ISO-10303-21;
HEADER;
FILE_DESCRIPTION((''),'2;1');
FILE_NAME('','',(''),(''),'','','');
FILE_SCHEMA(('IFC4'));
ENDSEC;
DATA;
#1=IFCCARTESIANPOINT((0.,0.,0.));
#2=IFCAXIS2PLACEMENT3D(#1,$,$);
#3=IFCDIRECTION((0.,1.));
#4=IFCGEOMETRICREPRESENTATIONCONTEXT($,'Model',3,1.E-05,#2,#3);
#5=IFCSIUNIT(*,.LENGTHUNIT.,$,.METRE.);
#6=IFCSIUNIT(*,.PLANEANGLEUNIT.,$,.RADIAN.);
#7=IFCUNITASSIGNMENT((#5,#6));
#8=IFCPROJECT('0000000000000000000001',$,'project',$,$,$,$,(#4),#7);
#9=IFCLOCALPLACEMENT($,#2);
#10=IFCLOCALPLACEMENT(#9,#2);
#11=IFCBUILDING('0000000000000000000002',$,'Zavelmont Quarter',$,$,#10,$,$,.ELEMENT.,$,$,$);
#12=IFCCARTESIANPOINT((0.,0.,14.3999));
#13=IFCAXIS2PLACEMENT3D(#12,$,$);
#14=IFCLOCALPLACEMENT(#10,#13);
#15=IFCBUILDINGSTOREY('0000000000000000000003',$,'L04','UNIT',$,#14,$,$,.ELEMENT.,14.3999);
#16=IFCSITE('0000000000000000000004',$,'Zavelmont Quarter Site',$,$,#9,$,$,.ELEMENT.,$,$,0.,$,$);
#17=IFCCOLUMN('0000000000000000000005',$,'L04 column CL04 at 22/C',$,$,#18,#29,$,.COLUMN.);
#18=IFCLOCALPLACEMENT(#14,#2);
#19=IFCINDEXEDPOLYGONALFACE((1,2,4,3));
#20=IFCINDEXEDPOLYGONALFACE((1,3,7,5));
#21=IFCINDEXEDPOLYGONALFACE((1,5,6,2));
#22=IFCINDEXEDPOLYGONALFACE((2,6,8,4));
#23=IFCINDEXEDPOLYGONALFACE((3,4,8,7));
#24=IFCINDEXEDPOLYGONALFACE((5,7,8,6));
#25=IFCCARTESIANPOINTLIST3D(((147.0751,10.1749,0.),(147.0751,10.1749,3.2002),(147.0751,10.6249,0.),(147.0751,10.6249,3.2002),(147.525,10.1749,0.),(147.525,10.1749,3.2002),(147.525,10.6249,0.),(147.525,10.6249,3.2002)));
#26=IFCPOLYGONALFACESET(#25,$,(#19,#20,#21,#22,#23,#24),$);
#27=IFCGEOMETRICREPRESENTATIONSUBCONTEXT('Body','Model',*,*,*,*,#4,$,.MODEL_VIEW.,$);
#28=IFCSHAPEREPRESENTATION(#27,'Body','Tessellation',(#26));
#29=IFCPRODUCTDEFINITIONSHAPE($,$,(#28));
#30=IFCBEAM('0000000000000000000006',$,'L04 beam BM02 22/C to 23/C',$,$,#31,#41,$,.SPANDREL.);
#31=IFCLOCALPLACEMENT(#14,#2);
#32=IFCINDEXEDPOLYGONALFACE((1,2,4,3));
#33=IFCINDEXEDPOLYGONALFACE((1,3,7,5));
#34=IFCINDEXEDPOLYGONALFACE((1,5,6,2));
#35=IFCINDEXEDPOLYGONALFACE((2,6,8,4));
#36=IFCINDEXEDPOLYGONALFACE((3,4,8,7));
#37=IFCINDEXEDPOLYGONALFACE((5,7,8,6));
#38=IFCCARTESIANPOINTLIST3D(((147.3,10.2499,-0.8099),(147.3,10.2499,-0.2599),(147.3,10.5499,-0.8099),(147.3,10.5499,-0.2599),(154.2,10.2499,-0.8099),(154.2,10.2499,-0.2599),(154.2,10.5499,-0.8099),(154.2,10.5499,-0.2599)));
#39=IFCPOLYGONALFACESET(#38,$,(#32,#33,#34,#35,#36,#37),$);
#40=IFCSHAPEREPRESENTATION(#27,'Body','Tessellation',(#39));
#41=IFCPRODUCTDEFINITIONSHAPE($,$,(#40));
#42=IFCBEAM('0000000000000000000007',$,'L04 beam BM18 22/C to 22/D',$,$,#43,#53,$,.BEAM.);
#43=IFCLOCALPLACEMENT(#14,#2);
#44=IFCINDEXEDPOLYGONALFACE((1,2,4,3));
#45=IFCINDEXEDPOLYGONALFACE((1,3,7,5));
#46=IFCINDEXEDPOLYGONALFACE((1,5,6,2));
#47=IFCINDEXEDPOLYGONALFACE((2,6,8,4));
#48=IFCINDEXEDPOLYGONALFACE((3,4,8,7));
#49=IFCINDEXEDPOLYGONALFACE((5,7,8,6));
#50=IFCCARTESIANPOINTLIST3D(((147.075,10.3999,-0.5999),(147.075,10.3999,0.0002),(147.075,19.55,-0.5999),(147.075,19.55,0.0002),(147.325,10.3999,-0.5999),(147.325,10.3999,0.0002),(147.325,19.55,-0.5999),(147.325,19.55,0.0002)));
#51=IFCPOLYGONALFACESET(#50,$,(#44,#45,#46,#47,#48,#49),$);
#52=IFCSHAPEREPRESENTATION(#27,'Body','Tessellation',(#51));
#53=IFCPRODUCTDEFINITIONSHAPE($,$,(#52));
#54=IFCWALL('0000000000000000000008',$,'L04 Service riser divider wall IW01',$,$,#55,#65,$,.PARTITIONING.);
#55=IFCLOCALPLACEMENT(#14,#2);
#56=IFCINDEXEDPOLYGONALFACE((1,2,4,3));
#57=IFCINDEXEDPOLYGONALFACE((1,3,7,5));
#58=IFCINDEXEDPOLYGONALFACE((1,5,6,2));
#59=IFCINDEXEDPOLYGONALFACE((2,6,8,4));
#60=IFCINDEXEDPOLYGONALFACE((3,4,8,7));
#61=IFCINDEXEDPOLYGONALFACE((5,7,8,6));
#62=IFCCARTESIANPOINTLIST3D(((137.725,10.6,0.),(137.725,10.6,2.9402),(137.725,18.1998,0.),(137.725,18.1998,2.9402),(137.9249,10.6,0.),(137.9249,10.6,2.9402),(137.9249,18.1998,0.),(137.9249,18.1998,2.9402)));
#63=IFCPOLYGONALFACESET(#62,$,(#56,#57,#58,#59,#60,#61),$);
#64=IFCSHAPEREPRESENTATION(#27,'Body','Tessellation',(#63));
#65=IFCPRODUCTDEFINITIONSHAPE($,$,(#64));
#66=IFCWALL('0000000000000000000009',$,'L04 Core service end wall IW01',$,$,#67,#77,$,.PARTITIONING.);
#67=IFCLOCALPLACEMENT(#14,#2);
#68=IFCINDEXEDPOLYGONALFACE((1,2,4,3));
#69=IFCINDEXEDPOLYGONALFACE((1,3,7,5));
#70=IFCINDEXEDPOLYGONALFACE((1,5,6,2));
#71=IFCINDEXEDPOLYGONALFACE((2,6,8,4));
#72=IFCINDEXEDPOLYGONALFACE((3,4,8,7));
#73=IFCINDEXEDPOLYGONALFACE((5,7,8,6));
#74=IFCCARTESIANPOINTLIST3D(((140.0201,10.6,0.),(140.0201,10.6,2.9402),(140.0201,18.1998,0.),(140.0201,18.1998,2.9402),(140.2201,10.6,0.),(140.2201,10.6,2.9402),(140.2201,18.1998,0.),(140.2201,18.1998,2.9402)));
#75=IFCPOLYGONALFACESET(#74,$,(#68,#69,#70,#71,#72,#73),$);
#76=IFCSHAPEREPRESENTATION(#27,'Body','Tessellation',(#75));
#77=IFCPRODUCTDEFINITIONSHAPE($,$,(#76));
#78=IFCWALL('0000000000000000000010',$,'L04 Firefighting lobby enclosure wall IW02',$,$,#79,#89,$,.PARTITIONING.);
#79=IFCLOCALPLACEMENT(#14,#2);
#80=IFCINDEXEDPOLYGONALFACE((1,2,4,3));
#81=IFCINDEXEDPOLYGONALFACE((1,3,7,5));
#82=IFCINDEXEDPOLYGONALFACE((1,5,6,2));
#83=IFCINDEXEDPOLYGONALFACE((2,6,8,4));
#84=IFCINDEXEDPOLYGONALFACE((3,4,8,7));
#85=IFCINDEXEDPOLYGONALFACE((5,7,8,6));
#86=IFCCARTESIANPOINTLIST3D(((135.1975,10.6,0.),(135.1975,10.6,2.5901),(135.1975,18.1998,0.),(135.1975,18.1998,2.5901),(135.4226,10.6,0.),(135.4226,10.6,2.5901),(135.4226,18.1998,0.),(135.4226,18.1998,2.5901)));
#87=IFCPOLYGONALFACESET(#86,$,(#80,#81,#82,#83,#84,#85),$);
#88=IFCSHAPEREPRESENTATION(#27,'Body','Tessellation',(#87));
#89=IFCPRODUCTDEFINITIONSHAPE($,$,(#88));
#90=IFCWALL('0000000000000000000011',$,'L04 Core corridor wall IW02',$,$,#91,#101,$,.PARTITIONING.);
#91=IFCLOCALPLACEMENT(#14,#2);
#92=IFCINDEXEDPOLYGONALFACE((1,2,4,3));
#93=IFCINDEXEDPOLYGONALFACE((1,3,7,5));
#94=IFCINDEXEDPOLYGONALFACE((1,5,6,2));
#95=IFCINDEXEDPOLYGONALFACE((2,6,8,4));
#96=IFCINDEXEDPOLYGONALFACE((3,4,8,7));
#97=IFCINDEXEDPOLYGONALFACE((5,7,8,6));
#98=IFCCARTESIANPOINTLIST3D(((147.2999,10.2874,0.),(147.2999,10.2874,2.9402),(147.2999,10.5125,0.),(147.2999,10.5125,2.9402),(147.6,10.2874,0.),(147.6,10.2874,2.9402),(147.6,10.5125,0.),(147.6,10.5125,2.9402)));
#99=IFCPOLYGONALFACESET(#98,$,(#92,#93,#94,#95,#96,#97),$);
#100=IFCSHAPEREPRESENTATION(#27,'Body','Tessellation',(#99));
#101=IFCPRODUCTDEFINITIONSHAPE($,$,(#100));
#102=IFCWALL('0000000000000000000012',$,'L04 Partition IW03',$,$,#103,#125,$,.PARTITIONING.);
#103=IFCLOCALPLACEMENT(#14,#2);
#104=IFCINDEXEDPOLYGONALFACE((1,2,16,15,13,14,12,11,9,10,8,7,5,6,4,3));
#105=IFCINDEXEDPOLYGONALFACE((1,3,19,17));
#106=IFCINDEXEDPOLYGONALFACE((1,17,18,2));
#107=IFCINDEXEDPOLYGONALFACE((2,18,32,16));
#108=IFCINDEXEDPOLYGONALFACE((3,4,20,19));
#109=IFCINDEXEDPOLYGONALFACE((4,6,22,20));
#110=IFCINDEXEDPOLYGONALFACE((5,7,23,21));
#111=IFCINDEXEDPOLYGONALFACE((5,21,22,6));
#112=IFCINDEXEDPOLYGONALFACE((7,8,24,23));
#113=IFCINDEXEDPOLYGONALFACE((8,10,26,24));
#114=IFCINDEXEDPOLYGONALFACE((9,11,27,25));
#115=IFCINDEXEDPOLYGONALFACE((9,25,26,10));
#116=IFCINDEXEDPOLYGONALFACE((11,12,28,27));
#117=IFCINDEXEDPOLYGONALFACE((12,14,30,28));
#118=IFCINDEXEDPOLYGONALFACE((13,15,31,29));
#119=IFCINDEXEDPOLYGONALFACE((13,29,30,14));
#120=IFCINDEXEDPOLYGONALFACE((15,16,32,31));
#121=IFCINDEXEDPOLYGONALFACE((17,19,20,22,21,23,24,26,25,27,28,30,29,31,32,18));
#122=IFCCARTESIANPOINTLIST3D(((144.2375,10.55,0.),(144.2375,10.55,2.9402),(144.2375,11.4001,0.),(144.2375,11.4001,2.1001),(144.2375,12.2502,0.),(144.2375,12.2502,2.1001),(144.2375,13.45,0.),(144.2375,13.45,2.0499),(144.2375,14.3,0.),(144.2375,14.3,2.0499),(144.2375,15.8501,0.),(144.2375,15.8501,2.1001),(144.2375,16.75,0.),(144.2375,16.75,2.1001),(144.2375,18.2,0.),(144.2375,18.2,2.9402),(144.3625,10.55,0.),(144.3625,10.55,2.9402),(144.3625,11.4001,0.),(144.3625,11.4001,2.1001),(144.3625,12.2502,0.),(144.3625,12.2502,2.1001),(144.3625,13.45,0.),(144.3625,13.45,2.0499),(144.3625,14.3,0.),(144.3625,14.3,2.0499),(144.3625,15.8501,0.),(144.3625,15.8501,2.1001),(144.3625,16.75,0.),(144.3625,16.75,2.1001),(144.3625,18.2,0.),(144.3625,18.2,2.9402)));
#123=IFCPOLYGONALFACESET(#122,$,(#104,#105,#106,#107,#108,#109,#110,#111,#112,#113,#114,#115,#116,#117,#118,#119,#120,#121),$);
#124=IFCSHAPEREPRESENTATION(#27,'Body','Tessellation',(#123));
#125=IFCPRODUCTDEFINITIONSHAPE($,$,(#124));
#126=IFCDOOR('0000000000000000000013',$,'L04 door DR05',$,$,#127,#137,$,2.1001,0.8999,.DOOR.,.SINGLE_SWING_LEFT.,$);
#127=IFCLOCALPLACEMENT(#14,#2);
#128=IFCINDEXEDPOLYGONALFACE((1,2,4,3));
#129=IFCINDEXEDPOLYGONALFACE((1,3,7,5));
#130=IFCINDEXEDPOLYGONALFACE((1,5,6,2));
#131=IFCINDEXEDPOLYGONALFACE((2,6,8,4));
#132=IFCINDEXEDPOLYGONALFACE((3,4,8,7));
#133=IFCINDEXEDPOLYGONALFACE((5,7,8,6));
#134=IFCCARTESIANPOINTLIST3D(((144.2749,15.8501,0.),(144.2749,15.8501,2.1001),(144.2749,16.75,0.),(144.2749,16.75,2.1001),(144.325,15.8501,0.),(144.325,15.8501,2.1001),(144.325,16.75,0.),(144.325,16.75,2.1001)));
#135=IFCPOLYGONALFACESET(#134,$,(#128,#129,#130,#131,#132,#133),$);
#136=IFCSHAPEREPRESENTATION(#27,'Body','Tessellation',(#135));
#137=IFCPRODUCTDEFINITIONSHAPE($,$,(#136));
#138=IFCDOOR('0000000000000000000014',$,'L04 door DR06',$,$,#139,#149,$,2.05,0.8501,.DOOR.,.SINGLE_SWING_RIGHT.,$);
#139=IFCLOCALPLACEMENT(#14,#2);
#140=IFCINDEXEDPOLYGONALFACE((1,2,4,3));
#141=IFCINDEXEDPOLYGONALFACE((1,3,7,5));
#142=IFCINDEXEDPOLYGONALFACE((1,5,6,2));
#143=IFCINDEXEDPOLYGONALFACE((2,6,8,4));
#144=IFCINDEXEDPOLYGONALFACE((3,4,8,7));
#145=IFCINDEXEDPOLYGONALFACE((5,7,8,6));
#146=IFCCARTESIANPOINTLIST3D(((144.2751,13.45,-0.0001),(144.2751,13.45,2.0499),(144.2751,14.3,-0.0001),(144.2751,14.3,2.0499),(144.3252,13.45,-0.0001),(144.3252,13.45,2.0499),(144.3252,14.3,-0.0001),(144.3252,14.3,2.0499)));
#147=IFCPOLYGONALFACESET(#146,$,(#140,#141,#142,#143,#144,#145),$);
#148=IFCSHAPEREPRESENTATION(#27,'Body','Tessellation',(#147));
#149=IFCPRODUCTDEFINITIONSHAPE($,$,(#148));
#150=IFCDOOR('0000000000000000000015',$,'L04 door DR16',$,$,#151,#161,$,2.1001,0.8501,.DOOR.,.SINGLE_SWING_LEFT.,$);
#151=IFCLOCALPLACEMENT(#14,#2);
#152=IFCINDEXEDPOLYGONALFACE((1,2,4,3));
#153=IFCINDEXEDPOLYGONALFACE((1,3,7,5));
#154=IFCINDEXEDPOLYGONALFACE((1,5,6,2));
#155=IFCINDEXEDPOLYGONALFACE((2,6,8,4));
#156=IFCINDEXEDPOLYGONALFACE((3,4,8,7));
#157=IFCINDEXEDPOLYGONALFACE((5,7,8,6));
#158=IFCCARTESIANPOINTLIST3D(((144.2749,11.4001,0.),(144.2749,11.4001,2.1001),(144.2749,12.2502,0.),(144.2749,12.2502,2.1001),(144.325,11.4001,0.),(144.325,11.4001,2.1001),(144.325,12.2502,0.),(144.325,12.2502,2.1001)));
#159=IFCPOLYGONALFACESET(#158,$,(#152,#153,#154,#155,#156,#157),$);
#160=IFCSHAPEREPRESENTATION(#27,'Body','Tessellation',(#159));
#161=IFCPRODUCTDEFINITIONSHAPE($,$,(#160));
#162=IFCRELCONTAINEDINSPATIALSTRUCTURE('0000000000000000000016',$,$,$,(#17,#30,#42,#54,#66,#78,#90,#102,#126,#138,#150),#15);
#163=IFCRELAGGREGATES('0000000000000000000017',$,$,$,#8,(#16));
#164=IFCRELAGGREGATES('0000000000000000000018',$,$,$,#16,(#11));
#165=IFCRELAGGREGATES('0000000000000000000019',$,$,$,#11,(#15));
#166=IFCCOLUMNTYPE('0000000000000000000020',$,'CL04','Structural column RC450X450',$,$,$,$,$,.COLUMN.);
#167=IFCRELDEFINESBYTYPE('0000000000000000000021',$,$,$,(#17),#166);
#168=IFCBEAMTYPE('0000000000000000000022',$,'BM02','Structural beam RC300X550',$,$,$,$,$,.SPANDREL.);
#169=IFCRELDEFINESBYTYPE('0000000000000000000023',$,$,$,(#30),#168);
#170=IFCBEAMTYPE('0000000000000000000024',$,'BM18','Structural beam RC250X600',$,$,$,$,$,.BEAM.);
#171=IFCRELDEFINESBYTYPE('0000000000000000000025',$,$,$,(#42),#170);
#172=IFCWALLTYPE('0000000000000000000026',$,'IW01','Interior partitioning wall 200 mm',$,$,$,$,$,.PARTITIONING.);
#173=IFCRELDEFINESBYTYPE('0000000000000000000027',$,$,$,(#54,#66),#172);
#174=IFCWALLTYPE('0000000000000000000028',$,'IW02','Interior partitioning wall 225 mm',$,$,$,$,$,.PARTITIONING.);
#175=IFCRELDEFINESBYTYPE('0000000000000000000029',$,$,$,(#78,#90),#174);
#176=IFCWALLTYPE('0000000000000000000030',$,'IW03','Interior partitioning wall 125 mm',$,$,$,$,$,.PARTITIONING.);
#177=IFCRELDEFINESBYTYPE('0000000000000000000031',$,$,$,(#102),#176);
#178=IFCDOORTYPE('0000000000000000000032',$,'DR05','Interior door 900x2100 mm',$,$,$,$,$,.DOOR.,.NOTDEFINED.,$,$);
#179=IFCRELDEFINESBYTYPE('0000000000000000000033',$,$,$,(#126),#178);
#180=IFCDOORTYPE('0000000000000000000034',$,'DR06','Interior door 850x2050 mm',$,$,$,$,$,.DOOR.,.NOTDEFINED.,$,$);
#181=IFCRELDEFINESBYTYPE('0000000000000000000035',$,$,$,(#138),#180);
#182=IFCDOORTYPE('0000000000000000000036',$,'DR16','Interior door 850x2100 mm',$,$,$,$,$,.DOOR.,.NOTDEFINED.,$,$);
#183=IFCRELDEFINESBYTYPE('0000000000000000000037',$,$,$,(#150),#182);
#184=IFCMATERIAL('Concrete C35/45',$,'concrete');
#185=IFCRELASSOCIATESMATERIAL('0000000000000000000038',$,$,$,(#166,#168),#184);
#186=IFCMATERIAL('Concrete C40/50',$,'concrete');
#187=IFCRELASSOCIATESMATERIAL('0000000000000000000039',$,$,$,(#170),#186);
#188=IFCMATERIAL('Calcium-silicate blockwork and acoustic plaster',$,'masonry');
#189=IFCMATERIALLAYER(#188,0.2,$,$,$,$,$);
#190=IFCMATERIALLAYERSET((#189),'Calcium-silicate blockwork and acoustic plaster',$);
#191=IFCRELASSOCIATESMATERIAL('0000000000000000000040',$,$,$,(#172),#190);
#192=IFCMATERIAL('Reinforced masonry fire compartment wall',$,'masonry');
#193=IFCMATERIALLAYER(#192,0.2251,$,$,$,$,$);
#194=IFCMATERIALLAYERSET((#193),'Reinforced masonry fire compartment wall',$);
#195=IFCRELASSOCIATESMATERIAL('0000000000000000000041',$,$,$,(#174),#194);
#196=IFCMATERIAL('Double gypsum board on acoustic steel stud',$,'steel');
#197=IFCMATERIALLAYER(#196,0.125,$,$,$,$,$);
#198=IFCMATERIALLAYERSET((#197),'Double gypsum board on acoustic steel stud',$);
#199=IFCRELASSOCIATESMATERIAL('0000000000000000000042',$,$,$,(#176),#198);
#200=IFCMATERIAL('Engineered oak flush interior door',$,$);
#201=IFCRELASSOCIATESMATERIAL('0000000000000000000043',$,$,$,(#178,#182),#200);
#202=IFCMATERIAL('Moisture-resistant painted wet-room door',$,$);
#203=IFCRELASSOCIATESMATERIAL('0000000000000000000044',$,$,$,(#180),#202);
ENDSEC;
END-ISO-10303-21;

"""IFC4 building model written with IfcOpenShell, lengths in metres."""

from ifc_helpers import new_model, si_unit, direction, frame, frame_2d, origin, origin_with_axes, origin_2d, place, context, subcontext, project, spatial, rectangle, extrude, material, layer, layer_set, material_profile, profile_set, type_object, element, fill, save


model = new_model("IFC4")

# Units and contexts
model_context = context("Model", 3, precision=1e-05, world=origin(), true_north=direction((0.0, 1.0)))
body_context = subcontext(model_context, "Body", "Model", "MODEL_VIEW")
ifc_project = project(units=[si_unit("LENGTHUNIT", "METRE"), si_unit("PLANEANGLEUNIT", "RADIAN")], contexts=[model_context])

# Site, building, storey
site_placement = place(None, origin())
site = spatial("IfcSite", under=ifc_project, at=site_placement, Name="Zavelmont Quarter Site", CompositionType="ELEMENT", RefElevation=0.0)
building_placement = place(site_placement, origin())
building = spatial("IfcBuilding", under=site, at=building_placement, Name="Zavelmont Quarter", CompositionType="ELEMENT")
storey_placement = place(building_placement, frame((0.0, 0.0, 14.3999)))
storey = spatial("IfcBuildingStorey", under=building, at=storey_placement, Name="L04", Description="UNIT", CompositionType="ELEMENT", Elevation=14.3999)

# Column
ifc_material_1 = material(Name="Concrete C35/45", Category="concrete")
ifc_material_profile_1 = material_profile(ifc_material_1, rectangle(XDim=0.45, YDim=0.45, at=origin_2d()), Name="RC450X450")
ifc_profile_set_1 = profile_set([ifc_material_profile_1], Name="Concrete C35/45")
column_type = type_object("IfcColumnType", Name="CL04", Description="Structural column RC450X450", PredefinedType="COLUMN", material=ifc_profile_set_1)
column_placement = place(storey_placement, frame((147.3, 10.3999, 0.0), z_axis=(0.0, 0.0, 1.0), x_axis=(1.0, 0.0, 0.0)))
element("IfcColumn", 1, at=column_placement, inside=storey, type_object=column_type, Name="L04 column CL04 at 22/C", PredefinedType="COLUMN", context=body_context, shape_type="SweptSolid", body=[
    extrude(rectangle(XDim=0.45, YDim=0.45, at=origin_2d()), origin(), (0.0, 0.0, 1.0), 3.2002),
])

# Beams
ifc_material_profile_2 = material_profile(ifc_material_1, rectangle(XDim=0.3, YDim=0.55, at=origin_2d()), Name="RC300X550")
ifc_profile_set_2 = profile_set([ifc_material_profile_2], Name="Concrete C35/45")
beam_type_1 = type_object("IfcBeamType", Name="BM02", Description="Structural beam RC300X550", PredefinedType="SPANDREL", material=ifc_profile_set_2)
beam_1_placement = place(storey_placement, frame((147.3, 10.3999, -0.5349), z_axis=(1.0, 0.0, 0.0), x_axis=(0.0, 1.0, 0.0)))
element("IfcBeam", 2, at=beam_1_placement, inside=storey, type_object=beam_type_1, Name="L04 beam BM02 22/C to 23/C", PredefinedType="SPANDREL", context=body_context, shape_type="SweptSolid", body=[
    extrude(rectangle(XDim=0.3, YDim=0.55, at=origin_2d()), origin(), (0.0, 0.0, 1.0), 6.8999),
])
ifc_material_2 = material(Name="Concrete C40/50", Category="concrete")
ifc_material_profile_3 = material_profile(ifc_material_2, rectangle(XDim=0.25, YDim=0.6001, at=origin_2d()), Name="RC250X600")
ifc_profile_set_3 = profile_set([ifc_material_profile_3], Name="Concrete C40/50")
beam_type_2 = type_object("IfcBeamType", Name="BM18", Description="Structural beam RC250X600", PredefinedType="BEAM", material=ifc_profile_set_3)
beam_2_placement = place(storey_placement, frame((147.2, 10.3999, -0.2998), z_axis=(0.0, 1.0, 0.0), x_axis=(-1.0, 0.0, 0.0)))
element("IfcBeam", 3, at=beam_2_placement, inside=storey, type_object=beam_type_2, Name="L04 beam BM18 22/C to 22/D", PredefinedType="BEAM", context=body_context, shape_type="SweptSolid", body=[
    extrude(rectangle(XDim=0.25, YDim=0.6001, at=origin_2d()), origin(), (0.0, 0.0, 1.0), 9.1501),
])

# Walls
ifc_material_3 = material(Name="Calcium-silicate blockwork and acoustic plaster", Category="masonry")
ifc_layer_1 = layer(ifc_material_3, 0.2)
ifc_layer_set_1 = layer_set([ifc_layer_1], Name="Calcium-silicate blockwork and acoustic plaster")
wall_type_1 = type_object("IfcWallType", Name="IW01", Description="Interior partitioning wall 200 mm", PredefinedType="PARTITIONING", material=ifc_layer_set_1)
for number, where, z_axis, x_axis, name in (
    (4, (137.825, 10.6001, 0.0), (0.0, 0.0, 1.0), (0.0, 1.0, 0.0), "L04 Service riser divider wall IW01"),
    (5, (140.1201, 10.6001, 0.0), (0.0, 0.0, 1.0), (0.0, 1.0, 0.0), "L04 Core service end wall IW01"),
):
    element("IfcWall", number, at=place(storey_placement, frame(where, z_axis=z_axis, x_axis=x_axis)), inside=storey, type_object=wall_type_1, Name=name, PredefinedType="PARTITIONING", context=body_context, shape_type="SweptSolid", body=[
        extrude(rectangle(XDim=7.5999, YDim=0.2, at=frame_2d((3.7998, 0.0))), origin(), (0.0, 0.0, 1.0), 2.9402),
    ])
ifc_material_4 = material(Name="Reinforced masonry fire compartment wall", Category="masonry")
ifc_layer_2 = layer(ifc_material_4, 0.2251)
ifc_layer_set_2 = layer_set([ifc_layer_2], Name="Reinforced masonry fire compartment wall")
wall_type_2 = type_object("IfcWallType", Name="IW02", Description="Interior partitioning wall 225 mm", PredefinedType="PARTITIONING", material=ifc_layer_set_2)
wall_1_placement = place(storey_placement, frame((135.3101, 10.6001, 0.0), z_axis=(0.0, 0.0, 1.0), x_axis=(0.0, 1.0, 0.0)))
element("IfcWall", 6, at=wall_1_placement, inside=storey, type_object=wall_type_2, Name="L04 Firefighting lobby enclosure wall IW02", PredefinedType="PARTITIONING", context=body_context, shape_type="SweptSolid", body=[
    extrude(rectangle(XDim=7.5999, YDim=0.2251, at=frame_2d((3.7998, 0.0))), origin(), (0.0, 0.0, 1.0), 2.5901),
])
wall_2_placement = place(storey_placement, frame((147.3, 10.3999, 0.0), z_axis=(0.0, 0.0, 1.0), x_axis=(1.0, 0.0, 0.0)))
element("IfcWall", 7, at=wall_2_placement, inside=storey, type_object=wall_type_2, Name="L04 Core corridor wall IW02", PredefinedType="PARTITIONING", context=body_context, shape_type="SweptSolid", body=[
    extrude(rectangle(XDim=0.3, YDim=0.2251, at=frame_2d((0.1499, 0.0))), origin(), (0.0, 0.0, 1.0), 2.9402),
])

# Wall, openings, doors
ifc_material_5 = material(Name="Double gypsum board on acoustic steel stud", Category="steel")
ifc_layer_3 = layer(ifc_material_5, 0.125)
ifc_layer_set_3 = layer_set([ifc_layer_3], Name="Double gypsum board on acoustic steel stud")
wall_type_3 = type_object("IfcWallType", Name="IW03", Description="Interior partitioning wall 125 mm", PredefinedType="PARTITIONING", material=ifc_layer_set_3)
wall_3_placement = place(storey_placement, frame((144.3, 10.55, 0.0), z_axis=(0.0, 0.0, 1.0), x_axis=(0.0, 1.0, 0.0)))
wall_3 = element("IfcWall", 8, at=wall_3_placement, inside=storey, type_object=wall_type_3, Name="L04 Partition IW03", PredefinedType="PARTITIONING", context=body_context, shape_type="SweptSolid", body=[
    extrude(rectangle(XDim=7.6499, YDim=0.125, at=frame_2d((3.825, 0.0))), origin(), (0.0, 0.0, 1.0), 2.9402),
])
opening_1_placement = place(wall_3_placement, frame((0.8501, 0.0, 0.0)))
opening_1 = element("IfcOpeningElement", 9, at=opening_1_placement, cuts=wall_3, PredefinedType="OPENING", context=body_context, shape_type="SweptSolid", body=[
    extrude(rectangle(XDim=0.8501, YDim=2.1001, at=frame_2d((0.425, 1.05))), frame((0.0, 0.0745, 0.0), z_axis=(0.0, -1.0, 0.0), x_axis=(1.0, 0.0, 0.0)), (0.0, 0.0, 1.0), 0.1489),
])
opening_2_placement = place(wall_3_placement, frame((2.8999, 0.0, 0.0)))
opening_2 = element("IfcOpeningElement", 10, at=opening_2_placement, cuts=wall_3, PredefinedType="OPENING", context=body_context, shape_type="SweptSolid", body=[
    extrude(rectangle(XDim=0.8501, YDim=2.05, at=frame_2d((0.425, 1.0249))), frame((0.0, 0.0745, 0.0), z_axis=(0.0, -1.0, 0.0), x_axis=(1.0, 0.0, 0.0)), (0.0, 0.0, 1.0), 0.1489),
])
opening_3_placement = place(wall_3_placement, frame((5.3, 0.0, 0.0)))
opening_3 = element("IfcOpeningElement", 11, at=opening_3_placement, cuts=wall_3, PredefinedType="OPENING", context=body_context, shape_type="SweptSolid", body=[
    extrude(rectangle(XDim=0.8999, YDim=2.1001, at=frame_2d((0.45, 1.05))), frame((0.0, 0.0745, 0.0), z_axis=(0.0, -1.0, 0.0), x_axis=(1.0, 0.0, 0.0)), (0.0, 0.0, 1.0), 0.1489),
])
ifc_material_6 = material(Name="Engineered oak flush interior door")
door_type_1 = type_object("IfcDoorType", Name="DR05", Description="Interior door 900x2100 mm", OperationType="NOTDEFINED", PredefinedType="DOOR", material=ifc_material_6)
door_1_placement = place(opening_3_placement, frame((0.8999, 0.0, 0.0), z_axis=(0.0, 0.0, 1.0), x_axis=(-1.0, 0.0, 0.0)))
door_1 = element("IfcDoor", 12, at=door_1_placement, inside=storey, type_object=door_type_1, Name="L04 door DR05", OperationType="SINGLE_SWING_LEFT", OverallHeight=2.1001, OverallWidth=0.8999, PredefinedType="DOOR", context=body_context, shape_type="SweptSolid", body=[
    extrude(rectangle(XDim=0.8999, YDim=2.1001, at=frame_2d((0.45, 1.05))), frame((0.0, 0.0249, 0.0), z_axis=(0.0, -1.0, 0.0), x_axis=(1.0, 0.0, 0.0)), (0.0, 0.0, 1.0), 0.05),
])
fill(opening_3, door_1)
ifc_material_7 = material(Name="Moisture-resistant painted wet-room door")
door_type_2 = type_object("IfcDoorType", Name="DR06", Description="Interior door 850x2050 mm", OperationType="NOTDEFINED", PredefinedType="DOOR", material=ifc_material_7)
door_2_placement = place(opening_2_placement, origin_with_axes())
door_2 = element("IfcDoor", 13, at=door_2_placement, inside=storey, type_object=door_type_2, Name="L04 door DR06", OperationType="SINGLE_SWING_RIGHT", OverallHeight=2.05, OverallWidth=0.8501, PredefinedType="DOOR", context=body_context, shape_type="SweptSolid", body=[
    extrude(rectangle(XDim=0.8501, YDim=2.05, at=frame_2d((0.425, 1.0249))), frame((0.0, 0.0249, 0.0), z_axis=(0.0, -1.0, 0.0), x_axis=(1.0, 0.0, 0.0)), (0.0, 0.0, 1.0), 0.05),
])
fill(opening_2, door_2)
door_type_3 = type_object("IfcDoorType", Name="DR16", Description="Interior door 850x2100 mm", OperationType="NOTDEFINED", PredefinedType="DOOR", material=ifc_material_6)
door_3_placement = place(opening_1_placement, frame((0.8501, 0.0, 0.0), z_axis=(0.0, 0.0, 1.0), x_axis=(-1.0, 0.0, 0.0)))
door_3 = element("IfcDoor", 14, at=door_3_placement, inside=storey, type_object=door_type_3, Name="L04 door DR16", OperationType="SINGLE_SWING_LEFT", OverallHeight=2.1001, OverallWidth=0.8501, PredefinedType="DOOR", context=body_context, shape_type="SweptSolid", body=[
    extrude(rectangle(XDim=0.8501, YDim=2.1001, at=frame_2d((0.425, 1.05))), frame((0.0, 0.0249, 0.0), z_axis=(0.0, -1.0, 0.0), x_axis=(1.0, 0.0, 0.0)), (0.0, 0.0, 1.0), 0.05),
])
fill(opening_1, door_3)

save(model, "model.ifc")
